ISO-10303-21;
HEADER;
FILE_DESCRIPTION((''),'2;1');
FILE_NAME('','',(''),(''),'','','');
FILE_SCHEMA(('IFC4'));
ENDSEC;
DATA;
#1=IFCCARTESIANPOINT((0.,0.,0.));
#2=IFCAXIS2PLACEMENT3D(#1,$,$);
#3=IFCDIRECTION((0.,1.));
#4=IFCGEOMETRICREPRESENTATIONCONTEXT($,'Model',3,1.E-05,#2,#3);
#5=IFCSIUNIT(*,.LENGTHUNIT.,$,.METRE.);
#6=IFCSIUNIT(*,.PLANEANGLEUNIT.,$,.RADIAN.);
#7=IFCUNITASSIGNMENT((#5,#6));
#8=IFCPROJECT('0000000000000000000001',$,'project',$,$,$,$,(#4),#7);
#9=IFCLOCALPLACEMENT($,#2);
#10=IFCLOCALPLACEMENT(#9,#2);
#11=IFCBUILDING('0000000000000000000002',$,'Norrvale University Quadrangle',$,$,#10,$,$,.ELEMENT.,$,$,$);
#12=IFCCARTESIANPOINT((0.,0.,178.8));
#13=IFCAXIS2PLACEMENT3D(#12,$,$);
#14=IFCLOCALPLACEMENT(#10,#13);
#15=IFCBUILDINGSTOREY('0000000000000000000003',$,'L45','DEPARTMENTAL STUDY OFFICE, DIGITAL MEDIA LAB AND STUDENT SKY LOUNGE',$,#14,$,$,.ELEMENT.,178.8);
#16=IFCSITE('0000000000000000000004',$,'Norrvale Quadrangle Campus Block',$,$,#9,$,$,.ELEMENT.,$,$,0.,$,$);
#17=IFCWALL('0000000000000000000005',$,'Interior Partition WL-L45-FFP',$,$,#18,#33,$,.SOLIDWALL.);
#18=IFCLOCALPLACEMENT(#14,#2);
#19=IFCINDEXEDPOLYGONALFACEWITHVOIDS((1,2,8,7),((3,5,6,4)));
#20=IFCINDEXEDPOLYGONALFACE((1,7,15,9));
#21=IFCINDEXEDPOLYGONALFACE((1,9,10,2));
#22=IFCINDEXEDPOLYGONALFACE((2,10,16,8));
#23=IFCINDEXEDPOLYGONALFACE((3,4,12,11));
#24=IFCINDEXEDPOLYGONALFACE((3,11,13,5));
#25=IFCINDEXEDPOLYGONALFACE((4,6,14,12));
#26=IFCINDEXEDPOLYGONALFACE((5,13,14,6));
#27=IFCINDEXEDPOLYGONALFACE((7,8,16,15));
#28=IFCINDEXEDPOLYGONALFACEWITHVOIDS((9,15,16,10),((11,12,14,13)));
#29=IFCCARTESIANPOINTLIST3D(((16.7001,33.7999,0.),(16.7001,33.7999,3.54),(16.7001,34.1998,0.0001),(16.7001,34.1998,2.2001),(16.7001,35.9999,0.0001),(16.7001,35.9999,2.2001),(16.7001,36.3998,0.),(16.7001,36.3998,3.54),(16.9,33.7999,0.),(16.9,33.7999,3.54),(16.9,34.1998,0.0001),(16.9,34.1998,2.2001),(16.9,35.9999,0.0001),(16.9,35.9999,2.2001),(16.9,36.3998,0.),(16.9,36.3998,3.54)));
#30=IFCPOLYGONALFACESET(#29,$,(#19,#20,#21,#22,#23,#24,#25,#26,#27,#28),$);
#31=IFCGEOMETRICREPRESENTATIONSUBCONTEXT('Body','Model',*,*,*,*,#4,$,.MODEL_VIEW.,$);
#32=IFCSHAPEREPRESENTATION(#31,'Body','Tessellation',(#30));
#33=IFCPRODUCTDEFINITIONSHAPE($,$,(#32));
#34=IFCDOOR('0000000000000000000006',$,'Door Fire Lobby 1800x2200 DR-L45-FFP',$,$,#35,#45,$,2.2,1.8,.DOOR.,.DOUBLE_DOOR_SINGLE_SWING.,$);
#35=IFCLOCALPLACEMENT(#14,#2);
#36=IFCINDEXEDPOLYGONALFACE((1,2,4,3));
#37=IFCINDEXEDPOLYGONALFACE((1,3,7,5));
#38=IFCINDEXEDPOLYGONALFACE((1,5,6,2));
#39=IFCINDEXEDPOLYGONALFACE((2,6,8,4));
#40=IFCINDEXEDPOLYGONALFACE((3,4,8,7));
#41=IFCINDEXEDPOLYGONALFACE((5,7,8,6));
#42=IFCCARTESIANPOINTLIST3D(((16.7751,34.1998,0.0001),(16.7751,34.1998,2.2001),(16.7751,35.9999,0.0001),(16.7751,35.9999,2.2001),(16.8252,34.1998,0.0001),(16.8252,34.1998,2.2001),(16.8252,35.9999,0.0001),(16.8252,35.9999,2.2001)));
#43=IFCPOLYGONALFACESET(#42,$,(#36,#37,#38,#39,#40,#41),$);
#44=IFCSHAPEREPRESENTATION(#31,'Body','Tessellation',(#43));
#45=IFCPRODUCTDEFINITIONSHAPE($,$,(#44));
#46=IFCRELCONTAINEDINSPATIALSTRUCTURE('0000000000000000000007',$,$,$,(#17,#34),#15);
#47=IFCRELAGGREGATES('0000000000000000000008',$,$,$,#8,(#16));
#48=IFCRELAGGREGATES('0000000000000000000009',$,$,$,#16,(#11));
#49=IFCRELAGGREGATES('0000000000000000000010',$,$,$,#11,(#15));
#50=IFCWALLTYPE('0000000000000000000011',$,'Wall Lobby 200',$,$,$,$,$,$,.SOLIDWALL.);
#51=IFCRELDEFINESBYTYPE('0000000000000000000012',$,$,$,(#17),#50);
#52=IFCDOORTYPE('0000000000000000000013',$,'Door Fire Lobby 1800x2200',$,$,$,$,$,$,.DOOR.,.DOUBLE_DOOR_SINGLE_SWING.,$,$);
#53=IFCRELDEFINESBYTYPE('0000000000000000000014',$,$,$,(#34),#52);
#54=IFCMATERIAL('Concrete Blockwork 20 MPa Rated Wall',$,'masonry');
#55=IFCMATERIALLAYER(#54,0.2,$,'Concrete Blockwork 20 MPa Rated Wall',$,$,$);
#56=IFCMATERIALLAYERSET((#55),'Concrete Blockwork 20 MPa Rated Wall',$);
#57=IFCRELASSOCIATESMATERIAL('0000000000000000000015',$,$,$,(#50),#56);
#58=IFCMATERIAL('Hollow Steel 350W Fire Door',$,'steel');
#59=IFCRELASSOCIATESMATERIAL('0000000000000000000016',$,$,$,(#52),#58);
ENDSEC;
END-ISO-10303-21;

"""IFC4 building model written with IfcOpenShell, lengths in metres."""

from ifc_helpers import new_model, si_unit, direction, frame, frame_2d, origin, place, context, subcontext, project, spatial, rectangle, extrude, material, layer, layer_set, type_object, element, fill, save


model = new_model("IFC4")

# Units and contexts
model_context = context("Model", 3, precision=1e-05, world=origin(), true_north=direction((0.0, 1.0)))
body_context = subcontext(model_context, "Body", "Model", "MODEL_VIEW")
ifc_project = project(units=[si_unit("LENGTHUNIT", "METRE"), si_unit("PLANEANGLEUNIT", "RADIAN")], contexts=[model_context])

# Site, building, storey
site_placement = place(None, origin())
site = spatial("IfcSite", under=ifc_project, at=site_placement, Name="Norrvale Quadrangle Campus Block", CompositionType="ELEMENT", RefElevation=0.0)
building_placement = place(site_placement, origin())
building = spatial("IfcBuilding", under=site, at=building_placement, Name="Norrvale University Quadrangle", CompositionType="ELEMENT")
storey_placement = place(building_placement, frame((0.0, 0.0, 178.8)))
storey = spatial("IfcBuildingStorey", under=building, at=storey_placement, Name="L45", Description="DEPARTMENTAL STUDY OFFICE, DIGITAL MEDIA LAB AND STUDENT SKY LOUNGE", CompositionType="ELEMENT", Elevation=178.8)

# Wall, opening, door
ifc_material_1 = material(Name="Concrete Blockwork 20 MPa Rated Wall", Category="masonry")
ifc_layer_1 = layer(ifc_material_1, 0.2, Name="Concrete Blockwork 20 MPa Rated Wall")
ifc_layer_set_1 = layer_set([ifc_layer_1], Name="Concrete Blockwork 20 MPa Rated Wall")
wall_type_1 = type_object("IfcWallType", Name="Wall Lobby 200", PredefinedType="SOLIDWALL", material=ifc_layer_set_1)
wall_1_placement = place(storey_placement, frame((16.8, 33.8, 0.0), z_axis=(0.0, 0.0, 1.0), x_axis=(0.0, 1.0, 0.0)))
wall_1 = element("IfcWall", 1, at=wall_1_placement, inside=storey, type_object=wall_type_1, Name="Interior Partition WL-L45-FFP", PredefinedType="SOLIDWALL", context=body_context, shape_type="SweptSolid", body=[
    extrude(rectangle(XDim=2.5999, YDim=0.2, at=frame_2d((1.2998, 0.0))), origin(), (0.0, 0.0, 1.0), 3.54),
])
opening_1_placement = place(wall_1_placement, frame((0.3999, 0.0, 0.0)))
opening_1 = element("IfcOpeningElement", 2, at=opening_1_placement, cuts=wall_1, PredefinedType="OPENING", context=body_context, shape_type="SweptSolid", body=[
    extrude(rectangle(XDim=1.8, YDim=2.2, at=frame_2d((0.8999, 1.1001))), frame((0.0, 0.1121, 0.0), z_axis=(0.0, -1.0, 0.0), x_axis=(1.0, 0.0, 0.0)), (0.0, 0.0, 1.0), 0.2239),
])
ifc_material_2 = material(Name="Hollow Steel 350W Fire Door", Category="steel")
door_type_1 = type_object("IfcDoorType", Name="Door Fire Lobby 1800x2200", OperationType="DOUBLE_DOOR_SINGLE_SWING", PredefinedType="DOOR", material=ifc_material_2)
door_1_placement = place(opening_1_placement, origin())
door_1 = element("IfcDoor", 3, at=door_1_placement, inside=storey, type_object=door_type_1, Name="Door Fire Lobby 1800x2200 DR-L45-FFP", OperationType="DOUBLE_DOOR_SINGLE_SWING", OverallHeight=2.2, OverallWidth=1.8, PredefinedType="DOOR", context=body_context, shape_type="SweptSolid", body=[
    extrude(rectangle(XDim=1.8, YDim=2.2, at=frame_2d((0.8999, 1.1001))), frame((0.0, 0.0249, 0.0), z_axis=(0.0, -1.0, 0.0), x_axis=(1.0, 0.0, 0.0)), (0.0, 0.0, 1.0), 0.05),
])
fill(opening_1, door_1)

save(model, "model.ifc")
